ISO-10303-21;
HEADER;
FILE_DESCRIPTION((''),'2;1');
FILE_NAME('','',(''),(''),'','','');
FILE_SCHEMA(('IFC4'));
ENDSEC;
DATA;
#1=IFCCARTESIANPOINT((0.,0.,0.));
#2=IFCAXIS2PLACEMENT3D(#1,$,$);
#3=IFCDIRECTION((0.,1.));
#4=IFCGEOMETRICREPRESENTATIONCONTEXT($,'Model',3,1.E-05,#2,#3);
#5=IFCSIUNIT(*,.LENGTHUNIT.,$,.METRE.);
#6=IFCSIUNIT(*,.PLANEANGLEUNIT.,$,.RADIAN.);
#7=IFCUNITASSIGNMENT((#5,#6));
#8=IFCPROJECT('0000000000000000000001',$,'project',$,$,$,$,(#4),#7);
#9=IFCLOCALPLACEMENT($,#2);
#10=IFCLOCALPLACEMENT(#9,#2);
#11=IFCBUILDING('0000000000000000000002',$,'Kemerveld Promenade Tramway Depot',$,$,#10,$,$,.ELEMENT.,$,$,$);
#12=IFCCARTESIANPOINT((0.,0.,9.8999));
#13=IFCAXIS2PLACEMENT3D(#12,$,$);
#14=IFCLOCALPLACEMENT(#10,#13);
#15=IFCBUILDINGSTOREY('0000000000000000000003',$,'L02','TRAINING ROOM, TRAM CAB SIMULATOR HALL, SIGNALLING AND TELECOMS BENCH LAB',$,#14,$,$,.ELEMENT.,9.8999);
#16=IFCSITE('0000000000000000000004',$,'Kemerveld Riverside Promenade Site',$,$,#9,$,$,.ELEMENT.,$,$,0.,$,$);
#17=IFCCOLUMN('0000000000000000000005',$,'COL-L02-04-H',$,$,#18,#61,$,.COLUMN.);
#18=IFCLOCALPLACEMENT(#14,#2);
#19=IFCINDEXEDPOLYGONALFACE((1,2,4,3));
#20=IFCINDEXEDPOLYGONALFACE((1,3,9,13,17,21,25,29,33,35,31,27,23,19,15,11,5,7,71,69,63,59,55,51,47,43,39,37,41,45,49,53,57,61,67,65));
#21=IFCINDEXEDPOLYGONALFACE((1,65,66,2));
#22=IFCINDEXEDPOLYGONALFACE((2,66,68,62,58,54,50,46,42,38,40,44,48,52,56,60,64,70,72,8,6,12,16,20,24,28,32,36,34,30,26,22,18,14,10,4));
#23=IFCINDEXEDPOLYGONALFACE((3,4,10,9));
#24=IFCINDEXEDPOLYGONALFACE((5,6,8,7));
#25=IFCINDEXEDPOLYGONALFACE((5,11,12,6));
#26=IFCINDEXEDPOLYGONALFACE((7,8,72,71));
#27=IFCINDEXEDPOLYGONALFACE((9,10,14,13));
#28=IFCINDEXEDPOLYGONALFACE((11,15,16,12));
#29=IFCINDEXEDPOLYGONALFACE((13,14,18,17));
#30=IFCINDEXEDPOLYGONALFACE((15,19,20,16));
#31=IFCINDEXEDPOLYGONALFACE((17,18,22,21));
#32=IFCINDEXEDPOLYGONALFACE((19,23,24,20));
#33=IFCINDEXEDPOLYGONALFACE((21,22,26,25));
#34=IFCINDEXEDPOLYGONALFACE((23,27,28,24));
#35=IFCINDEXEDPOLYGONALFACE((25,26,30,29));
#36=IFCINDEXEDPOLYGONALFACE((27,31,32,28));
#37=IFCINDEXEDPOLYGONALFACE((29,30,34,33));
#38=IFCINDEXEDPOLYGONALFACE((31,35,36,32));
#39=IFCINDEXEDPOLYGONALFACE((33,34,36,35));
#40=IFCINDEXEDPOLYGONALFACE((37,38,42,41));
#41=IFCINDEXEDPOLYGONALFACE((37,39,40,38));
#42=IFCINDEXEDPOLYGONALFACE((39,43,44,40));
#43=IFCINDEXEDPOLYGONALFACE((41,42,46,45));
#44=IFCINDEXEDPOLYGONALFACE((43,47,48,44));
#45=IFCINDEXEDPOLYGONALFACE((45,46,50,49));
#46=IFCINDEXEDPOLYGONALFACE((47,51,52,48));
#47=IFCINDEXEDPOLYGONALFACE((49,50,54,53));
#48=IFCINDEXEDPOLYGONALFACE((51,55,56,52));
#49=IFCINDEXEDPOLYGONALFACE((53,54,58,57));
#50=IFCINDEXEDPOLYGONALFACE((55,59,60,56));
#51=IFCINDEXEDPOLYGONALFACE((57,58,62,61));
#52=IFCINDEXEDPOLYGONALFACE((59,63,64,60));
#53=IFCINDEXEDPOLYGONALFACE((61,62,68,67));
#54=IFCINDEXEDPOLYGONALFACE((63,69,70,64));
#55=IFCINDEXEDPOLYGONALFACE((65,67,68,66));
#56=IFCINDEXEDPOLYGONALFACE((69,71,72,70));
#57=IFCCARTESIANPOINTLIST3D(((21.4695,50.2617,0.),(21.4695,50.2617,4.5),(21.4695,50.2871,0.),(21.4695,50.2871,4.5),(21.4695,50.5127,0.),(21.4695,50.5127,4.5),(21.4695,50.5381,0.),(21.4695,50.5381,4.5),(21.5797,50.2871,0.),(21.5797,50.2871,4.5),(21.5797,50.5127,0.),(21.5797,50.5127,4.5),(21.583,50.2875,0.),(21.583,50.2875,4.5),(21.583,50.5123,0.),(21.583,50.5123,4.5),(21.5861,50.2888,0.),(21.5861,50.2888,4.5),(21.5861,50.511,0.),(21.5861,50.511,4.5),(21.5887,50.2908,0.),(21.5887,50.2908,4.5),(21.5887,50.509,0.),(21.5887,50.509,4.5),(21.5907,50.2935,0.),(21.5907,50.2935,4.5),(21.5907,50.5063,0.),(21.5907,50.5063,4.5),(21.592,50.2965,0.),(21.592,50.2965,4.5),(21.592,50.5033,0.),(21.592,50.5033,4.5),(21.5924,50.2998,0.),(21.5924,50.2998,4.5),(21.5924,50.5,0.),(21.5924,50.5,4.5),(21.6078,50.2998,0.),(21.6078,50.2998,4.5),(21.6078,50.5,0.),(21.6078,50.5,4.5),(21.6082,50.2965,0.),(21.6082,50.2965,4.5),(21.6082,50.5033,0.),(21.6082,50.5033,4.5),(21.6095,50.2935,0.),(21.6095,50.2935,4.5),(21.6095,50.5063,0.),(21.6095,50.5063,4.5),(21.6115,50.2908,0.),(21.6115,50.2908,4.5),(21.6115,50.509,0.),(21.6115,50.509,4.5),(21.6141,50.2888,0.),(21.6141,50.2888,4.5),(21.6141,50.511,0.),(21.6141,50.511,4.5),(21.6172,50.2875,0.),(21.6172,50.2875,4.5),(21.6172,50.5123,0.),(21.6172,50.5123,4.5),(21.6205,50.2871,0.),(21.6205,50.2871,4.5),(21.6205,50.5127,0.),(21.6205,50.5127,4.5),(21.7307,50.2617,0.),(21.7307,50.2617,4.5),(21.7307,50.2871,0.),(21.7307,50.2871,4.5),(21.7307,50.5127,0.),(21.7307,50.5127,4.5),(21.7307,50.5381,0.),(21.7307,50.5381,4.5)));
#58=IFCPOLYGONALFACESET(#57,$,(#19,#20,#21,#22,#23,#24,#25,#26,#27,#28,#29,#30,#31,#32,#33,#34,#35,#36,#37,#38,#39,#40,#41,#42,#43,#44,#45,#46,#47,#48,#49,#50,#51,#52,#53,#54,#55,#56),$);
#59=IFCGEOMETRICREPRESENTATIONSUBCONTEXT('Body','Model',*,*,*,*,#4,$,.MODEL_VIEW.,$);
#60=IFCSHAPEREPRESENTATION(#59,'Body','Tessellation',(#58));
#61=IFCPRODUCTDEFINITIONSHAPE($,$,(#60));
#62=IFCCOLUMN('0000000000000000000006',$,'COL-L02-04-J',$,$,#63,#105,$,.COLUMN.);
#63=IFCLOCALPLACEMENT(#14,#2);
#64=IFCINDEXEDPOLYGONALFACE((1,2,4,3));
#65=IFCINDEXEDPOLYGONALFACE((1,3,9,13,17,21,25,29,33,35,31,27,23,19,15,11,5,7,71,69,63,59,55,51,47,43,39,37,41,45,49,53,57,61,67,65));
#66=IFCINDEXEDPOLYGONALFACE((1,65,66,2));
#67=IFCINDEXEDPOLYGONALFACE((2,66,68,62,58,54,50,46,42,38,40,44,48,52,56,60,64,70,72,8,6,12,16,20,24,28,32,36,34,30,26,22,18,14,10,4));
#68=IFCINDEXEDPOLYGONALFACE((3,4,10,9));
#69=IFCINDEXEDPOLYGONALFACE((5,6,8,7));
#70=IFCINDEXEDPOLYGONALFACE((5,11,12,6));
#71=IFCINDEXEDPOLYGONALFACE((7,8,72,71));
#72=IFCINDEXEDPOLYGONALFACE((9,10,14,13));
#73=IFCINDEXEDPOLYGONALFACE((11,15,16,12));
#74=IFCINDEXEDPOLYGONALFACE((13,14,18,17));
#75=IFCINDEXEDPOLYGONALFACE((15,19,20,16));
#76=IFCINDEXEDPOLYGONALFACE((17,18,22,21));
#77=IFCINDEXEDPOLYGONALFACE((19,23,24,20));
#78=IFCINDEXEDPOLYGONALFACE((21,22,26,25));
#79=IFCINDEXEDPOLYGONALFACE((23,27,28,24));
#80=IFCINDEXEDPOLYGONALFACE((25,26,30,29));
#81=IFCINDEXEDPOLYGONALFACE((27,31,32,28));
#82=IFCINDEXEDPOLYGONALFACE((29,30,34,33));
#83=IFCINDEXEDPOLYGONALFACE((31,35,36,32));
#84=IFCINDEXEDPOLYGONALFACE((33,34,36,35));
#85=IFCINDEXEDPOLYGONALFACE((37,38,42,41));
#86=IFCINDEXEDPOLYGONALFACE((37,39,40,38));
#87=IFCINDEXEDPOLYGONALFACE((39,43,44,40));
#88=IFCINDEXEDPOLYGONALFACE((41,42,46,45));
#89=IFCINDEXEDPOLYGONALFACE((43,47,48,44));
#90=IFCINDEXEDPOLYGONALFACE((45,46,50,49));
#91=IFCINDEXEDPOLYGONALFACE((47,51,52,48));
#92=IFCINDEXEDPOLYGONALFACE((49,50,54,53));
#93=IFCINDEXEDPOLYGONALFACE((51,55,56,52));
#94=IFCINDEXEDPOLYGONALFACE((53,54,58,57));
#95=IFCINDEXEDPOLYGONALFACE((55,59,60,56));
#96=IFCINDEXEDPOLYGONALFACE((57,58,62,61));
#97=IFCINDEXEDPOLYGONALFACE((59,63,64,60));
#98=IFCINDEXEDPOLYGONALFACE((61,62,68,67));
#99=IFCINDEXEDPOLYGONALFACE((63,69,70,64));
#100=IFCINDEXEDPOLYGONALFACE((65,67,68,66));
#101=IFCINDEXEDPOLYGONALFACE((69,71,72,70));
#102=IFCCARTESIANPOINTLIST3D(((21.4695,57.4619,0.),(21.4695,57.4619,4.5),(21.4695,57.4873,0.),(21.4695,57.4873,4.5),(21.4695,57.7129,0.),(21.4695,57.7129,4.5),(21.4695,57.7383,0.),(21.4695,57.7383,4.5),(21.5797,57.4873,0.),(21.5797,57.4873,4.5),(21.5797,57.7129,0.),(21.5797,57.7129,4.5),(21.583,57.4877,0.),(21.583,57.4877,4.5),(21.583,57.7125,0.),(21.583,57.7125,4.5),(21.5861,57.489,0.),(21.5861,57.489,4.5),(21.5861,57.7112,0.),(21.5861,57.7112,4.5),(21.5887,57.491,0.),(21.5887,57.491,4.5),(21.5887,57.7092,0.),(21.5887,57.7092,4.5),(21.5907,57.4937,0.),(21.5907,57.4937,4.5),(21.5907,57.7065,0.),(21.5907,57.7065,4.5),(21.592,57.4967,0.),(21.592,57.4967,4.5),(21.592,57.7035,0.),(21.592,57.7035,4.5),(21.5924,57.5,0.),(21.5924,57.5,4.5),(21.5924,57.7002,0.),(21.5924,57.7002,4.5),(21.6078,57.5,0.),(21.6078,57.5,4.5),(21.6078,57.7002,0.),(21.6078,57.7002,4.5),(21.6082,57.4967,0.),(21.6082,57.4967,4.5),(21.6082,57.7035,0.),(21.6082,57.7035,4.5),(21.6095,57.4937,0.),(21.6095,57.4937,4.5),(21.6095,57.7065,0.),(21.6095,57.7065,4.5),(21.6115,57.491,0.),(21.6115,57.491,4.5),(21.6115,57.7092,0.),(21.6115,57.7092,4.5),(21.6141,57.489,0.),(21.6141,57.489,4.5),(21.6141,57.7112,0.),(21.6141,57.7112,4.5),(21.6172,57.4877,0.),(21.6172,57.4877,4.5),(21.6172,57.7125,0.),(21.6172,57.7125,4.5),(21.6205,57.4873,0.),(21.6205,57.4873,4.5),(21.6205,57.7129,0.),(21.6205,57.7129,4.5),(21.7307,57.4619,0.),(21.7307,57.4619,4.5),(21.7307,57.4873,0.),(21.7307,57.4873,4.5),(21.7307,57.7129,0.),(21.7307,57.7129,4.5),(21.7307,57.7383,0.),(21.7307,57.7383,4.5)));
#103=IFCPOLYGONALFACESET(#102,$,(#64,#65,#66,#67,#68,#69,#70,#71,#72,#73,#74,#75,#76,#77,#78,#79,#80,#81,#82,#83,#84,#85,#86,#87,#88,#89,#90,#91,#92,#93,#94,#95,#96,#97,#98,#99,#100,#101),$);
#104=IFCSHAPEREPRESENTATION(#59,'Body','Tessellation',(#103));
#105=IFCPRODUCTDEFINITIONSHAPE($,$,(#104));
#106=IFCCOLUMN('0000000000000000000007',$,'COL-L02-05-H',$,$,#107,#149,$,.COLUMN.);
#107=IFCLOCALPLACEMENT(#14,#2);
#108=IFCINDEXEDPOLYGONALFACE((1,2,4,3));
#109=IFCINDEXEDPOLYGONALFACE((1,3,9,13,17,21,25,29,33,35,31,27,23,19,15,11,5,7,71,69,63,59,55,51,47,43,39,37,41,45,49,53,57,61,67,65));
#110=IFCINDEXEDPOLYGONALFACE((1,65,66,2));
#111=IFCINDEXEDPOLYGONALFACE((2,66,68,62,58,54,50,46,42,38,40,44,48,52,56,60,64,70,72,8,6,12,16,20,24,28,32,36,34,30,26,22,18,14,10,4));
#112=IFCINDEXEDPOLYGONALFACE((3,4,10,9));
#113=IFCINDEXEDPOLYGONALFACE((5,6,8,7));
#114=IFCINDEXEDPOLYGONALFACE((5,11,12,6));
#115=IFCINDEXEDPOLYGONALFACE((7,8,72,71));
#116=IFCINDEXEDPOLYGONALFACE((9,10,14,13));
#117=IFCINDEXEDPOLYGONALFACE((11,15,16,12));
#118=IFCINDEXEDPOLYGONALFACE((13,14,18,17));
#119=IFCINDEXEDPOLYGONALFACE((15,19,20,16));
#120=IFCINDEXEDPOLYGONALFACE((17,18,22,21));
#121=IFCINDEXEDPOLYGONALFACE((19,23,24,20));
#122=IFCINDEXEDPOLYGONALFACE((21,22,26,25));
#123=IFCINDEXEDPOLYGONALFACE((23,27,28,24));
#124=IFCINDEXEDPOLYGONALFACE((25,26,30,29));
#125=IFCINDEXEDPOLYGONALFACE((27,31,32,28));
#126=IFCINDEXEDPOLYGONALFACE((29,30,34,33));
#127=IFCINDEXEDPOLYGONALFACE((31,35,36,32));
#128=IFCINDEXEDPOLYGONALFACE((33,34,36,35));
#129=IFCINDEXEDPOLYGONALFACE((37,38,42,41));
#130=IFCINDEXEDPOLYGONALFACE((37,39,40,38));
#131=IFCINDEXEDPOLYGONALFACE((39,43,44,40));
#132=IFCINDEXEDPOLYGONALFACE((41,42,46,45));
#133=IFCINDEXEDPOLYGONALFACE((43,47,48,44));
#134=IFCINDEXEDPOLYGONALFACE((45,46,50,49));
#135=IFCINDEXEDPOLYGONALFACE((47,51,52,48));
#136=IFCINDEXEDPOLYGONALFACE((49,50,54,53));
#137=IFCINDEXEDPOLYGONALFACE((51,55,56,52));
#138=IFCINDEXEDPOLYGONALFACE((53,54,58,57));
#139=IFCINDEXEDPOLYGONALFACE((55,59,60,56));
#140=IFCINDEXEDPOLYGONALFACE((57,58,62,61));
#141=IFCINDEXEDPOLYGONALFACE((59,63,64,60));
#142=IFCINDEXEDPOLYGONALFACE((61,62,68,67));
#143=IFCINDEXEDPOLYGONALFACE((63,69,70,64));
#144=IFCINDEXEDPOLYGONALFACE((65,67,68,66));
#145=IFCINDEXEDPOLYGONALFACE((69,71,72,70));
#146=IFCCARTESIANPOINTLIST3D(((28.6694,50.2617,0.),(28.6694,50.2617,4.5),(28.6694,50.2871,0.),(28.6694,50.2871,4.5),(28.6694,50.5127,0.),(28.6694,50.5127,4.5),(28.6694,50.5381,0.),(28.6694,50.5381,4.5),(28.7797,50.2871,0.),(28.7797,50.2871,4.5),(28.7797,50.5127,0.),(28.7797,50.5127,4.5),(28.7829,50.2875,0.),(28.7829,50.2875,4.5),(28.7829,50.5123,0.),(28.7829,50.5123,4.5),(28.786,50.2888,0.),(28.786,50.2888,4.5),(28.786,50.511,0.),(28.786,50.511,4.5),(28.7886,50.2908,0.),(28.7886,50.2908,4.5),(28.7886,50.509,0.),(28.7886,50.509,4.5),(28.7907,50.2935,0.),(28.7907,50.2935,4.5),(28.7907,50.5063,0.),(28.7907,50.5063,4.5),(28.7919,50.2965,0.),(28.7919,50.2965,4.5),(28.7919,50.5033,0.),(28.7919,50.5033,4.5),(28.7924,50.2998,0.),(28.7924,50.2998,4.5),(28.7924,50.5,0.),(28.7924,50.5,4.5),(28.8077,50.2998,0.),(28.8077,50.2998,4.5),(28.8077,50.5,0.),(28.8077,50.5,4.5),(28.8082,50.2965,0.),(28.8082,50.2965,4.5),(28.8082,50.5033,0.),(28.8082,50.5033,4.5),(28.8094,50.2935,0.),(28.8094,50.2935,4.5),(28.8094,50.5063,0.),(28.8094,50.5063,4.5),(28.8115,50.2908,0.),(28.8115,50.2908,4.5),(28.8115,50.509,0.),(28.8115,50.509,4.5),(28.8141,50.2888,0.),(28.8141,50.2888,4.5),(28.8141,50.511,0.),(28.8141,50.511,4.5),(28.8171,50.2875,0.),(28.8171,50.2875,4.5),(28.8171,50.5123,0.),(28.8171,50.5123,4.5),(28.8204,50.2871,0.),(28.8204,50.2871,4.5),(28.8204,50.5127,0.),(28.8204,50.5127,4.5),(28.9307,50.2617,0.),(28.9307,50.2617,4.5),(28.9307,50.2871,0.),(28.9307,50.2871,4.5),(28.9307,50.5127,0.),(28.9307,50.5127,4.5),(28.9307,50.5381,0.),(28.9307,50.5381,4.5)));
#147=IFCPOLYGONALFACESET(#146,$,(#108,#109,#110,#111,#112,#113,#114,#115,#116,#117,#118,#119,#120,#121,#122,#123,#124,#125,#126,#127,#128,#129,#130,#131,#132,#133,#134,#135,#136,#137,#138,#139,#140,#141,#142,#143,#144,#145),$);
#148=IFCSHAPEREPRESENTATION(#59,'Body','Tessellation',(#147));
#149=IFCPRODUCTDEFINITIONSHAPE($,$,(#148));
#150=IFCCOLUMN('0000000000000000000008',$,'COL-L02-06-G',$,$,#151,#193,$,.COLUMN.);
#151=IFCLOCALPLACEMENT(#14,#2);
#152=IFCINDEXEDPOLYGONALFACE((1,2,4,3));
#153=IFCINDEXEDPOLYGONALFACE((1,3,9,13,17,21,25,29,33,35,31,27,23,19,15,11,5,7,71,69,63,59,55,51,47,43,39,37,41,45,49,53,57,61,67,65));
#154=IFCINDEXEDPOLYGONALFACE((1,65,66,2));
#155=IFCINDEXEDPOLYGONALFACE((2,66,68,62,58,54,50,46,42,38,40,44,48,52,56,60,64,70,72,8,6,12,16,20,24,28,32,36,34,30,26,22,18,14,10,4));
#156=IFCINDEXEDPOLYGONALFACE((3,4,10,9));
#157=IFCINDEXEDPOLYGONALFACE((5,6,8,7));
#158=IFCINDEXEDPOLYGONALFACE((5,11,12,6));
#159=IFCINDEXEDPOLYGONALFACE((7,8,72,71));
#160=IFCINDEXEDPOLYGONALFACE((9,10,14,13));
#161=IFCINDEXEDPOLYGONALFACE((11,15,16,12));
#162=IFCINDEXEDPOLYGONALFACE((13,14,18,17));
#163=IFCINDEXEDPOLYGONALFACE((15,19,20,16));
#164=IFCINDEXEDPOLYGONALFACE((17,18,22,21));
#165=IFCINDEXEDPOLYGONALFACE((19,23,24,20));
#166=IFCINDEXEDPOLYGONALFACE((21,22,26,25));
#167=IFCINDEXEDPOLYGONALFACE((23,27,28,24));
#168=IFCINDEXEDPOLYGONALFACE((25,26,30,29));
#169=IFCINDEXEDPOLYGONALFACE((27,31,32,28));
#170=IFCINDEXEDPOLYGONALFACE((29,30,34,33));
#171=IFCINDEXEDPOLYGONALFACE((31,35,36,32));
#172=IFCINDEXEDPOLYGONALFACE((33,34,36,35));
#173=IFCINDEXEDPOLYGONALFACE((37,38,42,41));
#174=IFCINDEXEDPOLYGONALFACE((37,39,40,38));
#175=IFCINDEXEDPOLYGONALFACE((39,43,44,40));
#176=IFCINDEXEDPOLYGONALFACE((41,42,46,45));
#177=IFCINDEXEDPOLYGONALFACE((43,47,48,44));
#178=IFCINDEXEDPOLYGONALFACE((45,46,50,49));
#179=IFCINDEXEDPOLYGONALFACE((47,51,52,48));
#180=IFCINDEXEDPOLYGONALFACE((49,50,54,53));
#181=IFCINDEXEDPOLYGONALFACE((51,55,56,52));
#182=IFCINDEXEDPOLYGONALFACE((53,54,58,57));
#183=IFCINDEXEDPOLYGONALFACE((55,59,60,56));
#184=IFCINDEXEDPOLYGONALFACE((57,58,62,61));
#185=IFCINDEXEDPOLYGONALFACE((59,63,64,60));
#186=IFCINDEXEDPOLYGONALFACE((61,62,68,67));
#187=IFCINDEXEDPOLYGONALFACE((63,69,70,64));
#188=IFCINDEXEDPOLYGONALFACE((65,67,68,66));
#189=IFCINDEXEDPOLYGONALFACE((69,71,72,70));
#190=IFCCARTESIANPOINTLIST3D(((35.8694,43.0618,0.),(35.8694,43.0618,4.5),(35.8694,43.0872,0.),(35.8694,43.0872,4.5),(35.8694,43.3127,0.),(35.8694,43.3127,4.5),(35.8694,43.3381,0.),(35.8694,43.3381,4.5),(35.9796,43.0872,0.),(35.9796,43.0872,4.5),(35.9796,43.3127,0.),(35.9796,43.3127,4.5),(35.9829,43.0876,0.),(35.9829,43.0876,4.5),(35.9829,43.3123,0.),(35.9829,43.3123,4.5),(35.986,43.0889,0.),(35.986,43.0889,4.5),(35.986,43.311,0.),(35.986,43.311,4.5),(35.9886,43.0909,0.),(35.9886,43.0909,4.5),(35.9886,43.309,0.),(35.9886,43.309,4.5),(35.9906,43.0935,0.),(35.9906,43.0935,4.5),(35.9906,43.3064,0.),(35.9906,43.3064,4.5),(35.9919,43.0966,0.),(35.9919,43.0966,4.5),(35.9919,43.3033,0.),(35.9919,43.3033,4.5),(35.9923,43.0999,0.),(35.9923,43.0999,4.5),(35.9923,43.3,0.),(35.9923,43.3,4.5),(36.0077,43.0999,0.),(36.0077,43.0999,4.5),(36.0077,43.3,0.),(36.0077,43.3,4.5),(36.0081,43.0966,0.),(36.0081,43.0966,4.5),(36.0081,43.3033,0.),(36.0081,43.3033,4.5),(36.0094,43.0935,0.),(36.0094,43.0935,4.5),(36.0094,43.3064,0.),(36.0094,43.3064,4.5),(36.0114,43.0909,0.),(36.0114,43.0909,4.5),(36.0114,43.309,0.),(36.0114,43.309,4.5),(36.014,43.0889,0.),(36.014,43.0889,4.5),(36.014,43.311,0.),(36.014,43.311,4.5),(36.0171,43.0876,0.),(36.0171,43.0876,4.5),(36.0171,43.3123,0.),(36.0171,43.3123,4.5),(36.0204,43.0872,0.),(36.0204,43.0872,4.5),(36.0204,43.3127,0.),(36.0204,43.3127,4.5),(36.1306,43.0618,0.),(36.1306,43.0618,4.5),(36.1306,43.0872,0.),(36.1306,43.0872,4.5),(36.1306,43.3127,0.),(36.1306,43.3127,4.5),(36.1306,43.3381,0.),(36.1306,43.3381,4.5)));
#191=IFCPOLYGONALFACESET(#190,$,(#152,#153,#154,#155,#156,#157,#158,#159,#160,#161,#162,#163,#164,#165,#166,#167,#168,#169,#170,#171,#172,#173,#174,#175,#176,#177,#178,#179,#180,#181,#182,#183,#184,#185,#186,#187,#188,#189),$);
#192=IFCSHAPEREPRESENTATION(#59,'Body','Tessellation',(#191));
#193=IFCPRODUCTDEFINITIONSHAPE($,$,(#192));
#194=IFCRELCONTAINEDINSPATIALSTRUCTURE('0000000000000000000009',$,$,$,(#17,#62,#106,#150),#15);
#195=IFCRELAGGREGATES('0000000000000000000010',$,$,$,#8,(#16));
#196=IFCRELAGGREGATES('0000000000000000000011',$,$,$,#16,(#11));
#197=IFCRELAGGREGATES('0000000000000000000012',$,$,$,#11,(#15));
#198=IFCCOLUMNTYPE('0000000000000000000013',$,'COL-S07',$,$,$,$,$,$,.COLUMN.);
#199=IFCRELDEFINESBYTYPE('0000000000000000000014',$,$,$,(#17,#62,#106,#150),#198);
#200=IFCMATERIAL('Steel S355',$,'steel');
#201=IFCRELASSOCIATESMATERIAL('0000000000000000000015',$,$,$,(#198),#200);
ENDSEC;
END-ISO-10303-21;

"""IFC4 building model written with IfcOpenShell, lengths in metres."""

from ifc_helpers import new_model, si_unit, direction, frame, origin, origin_2d, place, context, subcontext, project, spatial, i_section, extrude, material, material_profile, profile_set, type_object, element, save


model = new_model("IFC4")

# Units and contexts
model_context = context("Model", 3, precision=1e-05, world=origin(), true_north=direction((0.0, 1.0)))
body_context = subcontext(model_context, "Body", "Model", "MODEL_VIEW")
ifc_project = project(units=[si_unit("LENGTHUNIT", "METRE"), si_unit("PLANEANGLEUNIT", "RADIAN")], contexts=[model_context])

# Site, building, storey
site_placement = place(None, origin())
site = spatial("IfcSite", under=ifc_project, at=site_placement, Name="Kemerveld Riverside Promenade Site", CompositionType="ELEMENT", RefElevation=0.0)
building_placement = place(site_placement, origin())
building = spatial("IfcBuilding", under=site, at=building_placement, Name="Kemerveld Promenade Tramway Depot", CompositionType="ELEMENT")
storey_placement = place(building_placement, frame((0.0, 0.0, 9.8999)))
storey = spatial("IfcBuildingStorey", under=building, at=storey_placement, Name="L02", Description="TRAINING ROOM, TRAM CAB SIMULATOR HALL, SIGNALLING AND TELECOMS BENCH LAB", CompositionType="ELEMENT", Elevation=9.8999)

# Columns
ifc_material_1 = material(Name="Steel S355", Category="steel")
ifc_material_profile_1 = material_profile(ifc_material_1, i_section(OverallWidth=0.2612, OverallDepth=0.2764, WebThickness=0.0154, FlangeThickness=0.0254, FilletRadius=0.0127, at=origin_2d()), Name="254x254x132 UC")
ifc_profile_set_1 = profile_set([ifc_material_profile_1], Name="Steel S355")
column_type = type_object("IfcColumnType", Name="COL-S07", PredefinedType="COLUMN", material=ifc_profile_set_1)
for number, where, z_axis, x_axis, name in (
    (1, (21.6001, 50.3999, 0.0), (0.0, 0.0, 1.0), (1.0, 0.0, 0.0), "COL-L02-04-H"),
    (2, (21.6001, 57.6001, 0.0), (0.0, 0.0, 1.0), (1.0, 0.0, 0.0), "COL-L02-04-J"),
    (3, (28.8, 50.3999, 0.0), (0.0, 0.0, 1.0), (1.0, 0.0, 0.0), "COL-L02-05-H"),
    (4, (36.0, 43.2, 0.0), (0.0, 0.0, 1.0), (1.0, 0.0, 0.0), "COL-L02-06-G"),
):
    element("IfcColumn", number, at=place(storey_placement, frame(where, z_axis=z_axis, x_axis=x_axis)), inside=storey, type_object=column_type, Name=name, PredefinedType="COLUMN", context=body_context, shape_type="SweptSolid", body=[
        extrude(i_section(OverallWidth=0.2612, OverallDepth=0.2764, WebThickness=0.0154, FlangeThickness=0.0254, FilletRadius=0.0127, at=origin_2d()), origin(), (0.0, 0.0, 1.0), 4.5),
    ])

save(model, "model.ifc")
